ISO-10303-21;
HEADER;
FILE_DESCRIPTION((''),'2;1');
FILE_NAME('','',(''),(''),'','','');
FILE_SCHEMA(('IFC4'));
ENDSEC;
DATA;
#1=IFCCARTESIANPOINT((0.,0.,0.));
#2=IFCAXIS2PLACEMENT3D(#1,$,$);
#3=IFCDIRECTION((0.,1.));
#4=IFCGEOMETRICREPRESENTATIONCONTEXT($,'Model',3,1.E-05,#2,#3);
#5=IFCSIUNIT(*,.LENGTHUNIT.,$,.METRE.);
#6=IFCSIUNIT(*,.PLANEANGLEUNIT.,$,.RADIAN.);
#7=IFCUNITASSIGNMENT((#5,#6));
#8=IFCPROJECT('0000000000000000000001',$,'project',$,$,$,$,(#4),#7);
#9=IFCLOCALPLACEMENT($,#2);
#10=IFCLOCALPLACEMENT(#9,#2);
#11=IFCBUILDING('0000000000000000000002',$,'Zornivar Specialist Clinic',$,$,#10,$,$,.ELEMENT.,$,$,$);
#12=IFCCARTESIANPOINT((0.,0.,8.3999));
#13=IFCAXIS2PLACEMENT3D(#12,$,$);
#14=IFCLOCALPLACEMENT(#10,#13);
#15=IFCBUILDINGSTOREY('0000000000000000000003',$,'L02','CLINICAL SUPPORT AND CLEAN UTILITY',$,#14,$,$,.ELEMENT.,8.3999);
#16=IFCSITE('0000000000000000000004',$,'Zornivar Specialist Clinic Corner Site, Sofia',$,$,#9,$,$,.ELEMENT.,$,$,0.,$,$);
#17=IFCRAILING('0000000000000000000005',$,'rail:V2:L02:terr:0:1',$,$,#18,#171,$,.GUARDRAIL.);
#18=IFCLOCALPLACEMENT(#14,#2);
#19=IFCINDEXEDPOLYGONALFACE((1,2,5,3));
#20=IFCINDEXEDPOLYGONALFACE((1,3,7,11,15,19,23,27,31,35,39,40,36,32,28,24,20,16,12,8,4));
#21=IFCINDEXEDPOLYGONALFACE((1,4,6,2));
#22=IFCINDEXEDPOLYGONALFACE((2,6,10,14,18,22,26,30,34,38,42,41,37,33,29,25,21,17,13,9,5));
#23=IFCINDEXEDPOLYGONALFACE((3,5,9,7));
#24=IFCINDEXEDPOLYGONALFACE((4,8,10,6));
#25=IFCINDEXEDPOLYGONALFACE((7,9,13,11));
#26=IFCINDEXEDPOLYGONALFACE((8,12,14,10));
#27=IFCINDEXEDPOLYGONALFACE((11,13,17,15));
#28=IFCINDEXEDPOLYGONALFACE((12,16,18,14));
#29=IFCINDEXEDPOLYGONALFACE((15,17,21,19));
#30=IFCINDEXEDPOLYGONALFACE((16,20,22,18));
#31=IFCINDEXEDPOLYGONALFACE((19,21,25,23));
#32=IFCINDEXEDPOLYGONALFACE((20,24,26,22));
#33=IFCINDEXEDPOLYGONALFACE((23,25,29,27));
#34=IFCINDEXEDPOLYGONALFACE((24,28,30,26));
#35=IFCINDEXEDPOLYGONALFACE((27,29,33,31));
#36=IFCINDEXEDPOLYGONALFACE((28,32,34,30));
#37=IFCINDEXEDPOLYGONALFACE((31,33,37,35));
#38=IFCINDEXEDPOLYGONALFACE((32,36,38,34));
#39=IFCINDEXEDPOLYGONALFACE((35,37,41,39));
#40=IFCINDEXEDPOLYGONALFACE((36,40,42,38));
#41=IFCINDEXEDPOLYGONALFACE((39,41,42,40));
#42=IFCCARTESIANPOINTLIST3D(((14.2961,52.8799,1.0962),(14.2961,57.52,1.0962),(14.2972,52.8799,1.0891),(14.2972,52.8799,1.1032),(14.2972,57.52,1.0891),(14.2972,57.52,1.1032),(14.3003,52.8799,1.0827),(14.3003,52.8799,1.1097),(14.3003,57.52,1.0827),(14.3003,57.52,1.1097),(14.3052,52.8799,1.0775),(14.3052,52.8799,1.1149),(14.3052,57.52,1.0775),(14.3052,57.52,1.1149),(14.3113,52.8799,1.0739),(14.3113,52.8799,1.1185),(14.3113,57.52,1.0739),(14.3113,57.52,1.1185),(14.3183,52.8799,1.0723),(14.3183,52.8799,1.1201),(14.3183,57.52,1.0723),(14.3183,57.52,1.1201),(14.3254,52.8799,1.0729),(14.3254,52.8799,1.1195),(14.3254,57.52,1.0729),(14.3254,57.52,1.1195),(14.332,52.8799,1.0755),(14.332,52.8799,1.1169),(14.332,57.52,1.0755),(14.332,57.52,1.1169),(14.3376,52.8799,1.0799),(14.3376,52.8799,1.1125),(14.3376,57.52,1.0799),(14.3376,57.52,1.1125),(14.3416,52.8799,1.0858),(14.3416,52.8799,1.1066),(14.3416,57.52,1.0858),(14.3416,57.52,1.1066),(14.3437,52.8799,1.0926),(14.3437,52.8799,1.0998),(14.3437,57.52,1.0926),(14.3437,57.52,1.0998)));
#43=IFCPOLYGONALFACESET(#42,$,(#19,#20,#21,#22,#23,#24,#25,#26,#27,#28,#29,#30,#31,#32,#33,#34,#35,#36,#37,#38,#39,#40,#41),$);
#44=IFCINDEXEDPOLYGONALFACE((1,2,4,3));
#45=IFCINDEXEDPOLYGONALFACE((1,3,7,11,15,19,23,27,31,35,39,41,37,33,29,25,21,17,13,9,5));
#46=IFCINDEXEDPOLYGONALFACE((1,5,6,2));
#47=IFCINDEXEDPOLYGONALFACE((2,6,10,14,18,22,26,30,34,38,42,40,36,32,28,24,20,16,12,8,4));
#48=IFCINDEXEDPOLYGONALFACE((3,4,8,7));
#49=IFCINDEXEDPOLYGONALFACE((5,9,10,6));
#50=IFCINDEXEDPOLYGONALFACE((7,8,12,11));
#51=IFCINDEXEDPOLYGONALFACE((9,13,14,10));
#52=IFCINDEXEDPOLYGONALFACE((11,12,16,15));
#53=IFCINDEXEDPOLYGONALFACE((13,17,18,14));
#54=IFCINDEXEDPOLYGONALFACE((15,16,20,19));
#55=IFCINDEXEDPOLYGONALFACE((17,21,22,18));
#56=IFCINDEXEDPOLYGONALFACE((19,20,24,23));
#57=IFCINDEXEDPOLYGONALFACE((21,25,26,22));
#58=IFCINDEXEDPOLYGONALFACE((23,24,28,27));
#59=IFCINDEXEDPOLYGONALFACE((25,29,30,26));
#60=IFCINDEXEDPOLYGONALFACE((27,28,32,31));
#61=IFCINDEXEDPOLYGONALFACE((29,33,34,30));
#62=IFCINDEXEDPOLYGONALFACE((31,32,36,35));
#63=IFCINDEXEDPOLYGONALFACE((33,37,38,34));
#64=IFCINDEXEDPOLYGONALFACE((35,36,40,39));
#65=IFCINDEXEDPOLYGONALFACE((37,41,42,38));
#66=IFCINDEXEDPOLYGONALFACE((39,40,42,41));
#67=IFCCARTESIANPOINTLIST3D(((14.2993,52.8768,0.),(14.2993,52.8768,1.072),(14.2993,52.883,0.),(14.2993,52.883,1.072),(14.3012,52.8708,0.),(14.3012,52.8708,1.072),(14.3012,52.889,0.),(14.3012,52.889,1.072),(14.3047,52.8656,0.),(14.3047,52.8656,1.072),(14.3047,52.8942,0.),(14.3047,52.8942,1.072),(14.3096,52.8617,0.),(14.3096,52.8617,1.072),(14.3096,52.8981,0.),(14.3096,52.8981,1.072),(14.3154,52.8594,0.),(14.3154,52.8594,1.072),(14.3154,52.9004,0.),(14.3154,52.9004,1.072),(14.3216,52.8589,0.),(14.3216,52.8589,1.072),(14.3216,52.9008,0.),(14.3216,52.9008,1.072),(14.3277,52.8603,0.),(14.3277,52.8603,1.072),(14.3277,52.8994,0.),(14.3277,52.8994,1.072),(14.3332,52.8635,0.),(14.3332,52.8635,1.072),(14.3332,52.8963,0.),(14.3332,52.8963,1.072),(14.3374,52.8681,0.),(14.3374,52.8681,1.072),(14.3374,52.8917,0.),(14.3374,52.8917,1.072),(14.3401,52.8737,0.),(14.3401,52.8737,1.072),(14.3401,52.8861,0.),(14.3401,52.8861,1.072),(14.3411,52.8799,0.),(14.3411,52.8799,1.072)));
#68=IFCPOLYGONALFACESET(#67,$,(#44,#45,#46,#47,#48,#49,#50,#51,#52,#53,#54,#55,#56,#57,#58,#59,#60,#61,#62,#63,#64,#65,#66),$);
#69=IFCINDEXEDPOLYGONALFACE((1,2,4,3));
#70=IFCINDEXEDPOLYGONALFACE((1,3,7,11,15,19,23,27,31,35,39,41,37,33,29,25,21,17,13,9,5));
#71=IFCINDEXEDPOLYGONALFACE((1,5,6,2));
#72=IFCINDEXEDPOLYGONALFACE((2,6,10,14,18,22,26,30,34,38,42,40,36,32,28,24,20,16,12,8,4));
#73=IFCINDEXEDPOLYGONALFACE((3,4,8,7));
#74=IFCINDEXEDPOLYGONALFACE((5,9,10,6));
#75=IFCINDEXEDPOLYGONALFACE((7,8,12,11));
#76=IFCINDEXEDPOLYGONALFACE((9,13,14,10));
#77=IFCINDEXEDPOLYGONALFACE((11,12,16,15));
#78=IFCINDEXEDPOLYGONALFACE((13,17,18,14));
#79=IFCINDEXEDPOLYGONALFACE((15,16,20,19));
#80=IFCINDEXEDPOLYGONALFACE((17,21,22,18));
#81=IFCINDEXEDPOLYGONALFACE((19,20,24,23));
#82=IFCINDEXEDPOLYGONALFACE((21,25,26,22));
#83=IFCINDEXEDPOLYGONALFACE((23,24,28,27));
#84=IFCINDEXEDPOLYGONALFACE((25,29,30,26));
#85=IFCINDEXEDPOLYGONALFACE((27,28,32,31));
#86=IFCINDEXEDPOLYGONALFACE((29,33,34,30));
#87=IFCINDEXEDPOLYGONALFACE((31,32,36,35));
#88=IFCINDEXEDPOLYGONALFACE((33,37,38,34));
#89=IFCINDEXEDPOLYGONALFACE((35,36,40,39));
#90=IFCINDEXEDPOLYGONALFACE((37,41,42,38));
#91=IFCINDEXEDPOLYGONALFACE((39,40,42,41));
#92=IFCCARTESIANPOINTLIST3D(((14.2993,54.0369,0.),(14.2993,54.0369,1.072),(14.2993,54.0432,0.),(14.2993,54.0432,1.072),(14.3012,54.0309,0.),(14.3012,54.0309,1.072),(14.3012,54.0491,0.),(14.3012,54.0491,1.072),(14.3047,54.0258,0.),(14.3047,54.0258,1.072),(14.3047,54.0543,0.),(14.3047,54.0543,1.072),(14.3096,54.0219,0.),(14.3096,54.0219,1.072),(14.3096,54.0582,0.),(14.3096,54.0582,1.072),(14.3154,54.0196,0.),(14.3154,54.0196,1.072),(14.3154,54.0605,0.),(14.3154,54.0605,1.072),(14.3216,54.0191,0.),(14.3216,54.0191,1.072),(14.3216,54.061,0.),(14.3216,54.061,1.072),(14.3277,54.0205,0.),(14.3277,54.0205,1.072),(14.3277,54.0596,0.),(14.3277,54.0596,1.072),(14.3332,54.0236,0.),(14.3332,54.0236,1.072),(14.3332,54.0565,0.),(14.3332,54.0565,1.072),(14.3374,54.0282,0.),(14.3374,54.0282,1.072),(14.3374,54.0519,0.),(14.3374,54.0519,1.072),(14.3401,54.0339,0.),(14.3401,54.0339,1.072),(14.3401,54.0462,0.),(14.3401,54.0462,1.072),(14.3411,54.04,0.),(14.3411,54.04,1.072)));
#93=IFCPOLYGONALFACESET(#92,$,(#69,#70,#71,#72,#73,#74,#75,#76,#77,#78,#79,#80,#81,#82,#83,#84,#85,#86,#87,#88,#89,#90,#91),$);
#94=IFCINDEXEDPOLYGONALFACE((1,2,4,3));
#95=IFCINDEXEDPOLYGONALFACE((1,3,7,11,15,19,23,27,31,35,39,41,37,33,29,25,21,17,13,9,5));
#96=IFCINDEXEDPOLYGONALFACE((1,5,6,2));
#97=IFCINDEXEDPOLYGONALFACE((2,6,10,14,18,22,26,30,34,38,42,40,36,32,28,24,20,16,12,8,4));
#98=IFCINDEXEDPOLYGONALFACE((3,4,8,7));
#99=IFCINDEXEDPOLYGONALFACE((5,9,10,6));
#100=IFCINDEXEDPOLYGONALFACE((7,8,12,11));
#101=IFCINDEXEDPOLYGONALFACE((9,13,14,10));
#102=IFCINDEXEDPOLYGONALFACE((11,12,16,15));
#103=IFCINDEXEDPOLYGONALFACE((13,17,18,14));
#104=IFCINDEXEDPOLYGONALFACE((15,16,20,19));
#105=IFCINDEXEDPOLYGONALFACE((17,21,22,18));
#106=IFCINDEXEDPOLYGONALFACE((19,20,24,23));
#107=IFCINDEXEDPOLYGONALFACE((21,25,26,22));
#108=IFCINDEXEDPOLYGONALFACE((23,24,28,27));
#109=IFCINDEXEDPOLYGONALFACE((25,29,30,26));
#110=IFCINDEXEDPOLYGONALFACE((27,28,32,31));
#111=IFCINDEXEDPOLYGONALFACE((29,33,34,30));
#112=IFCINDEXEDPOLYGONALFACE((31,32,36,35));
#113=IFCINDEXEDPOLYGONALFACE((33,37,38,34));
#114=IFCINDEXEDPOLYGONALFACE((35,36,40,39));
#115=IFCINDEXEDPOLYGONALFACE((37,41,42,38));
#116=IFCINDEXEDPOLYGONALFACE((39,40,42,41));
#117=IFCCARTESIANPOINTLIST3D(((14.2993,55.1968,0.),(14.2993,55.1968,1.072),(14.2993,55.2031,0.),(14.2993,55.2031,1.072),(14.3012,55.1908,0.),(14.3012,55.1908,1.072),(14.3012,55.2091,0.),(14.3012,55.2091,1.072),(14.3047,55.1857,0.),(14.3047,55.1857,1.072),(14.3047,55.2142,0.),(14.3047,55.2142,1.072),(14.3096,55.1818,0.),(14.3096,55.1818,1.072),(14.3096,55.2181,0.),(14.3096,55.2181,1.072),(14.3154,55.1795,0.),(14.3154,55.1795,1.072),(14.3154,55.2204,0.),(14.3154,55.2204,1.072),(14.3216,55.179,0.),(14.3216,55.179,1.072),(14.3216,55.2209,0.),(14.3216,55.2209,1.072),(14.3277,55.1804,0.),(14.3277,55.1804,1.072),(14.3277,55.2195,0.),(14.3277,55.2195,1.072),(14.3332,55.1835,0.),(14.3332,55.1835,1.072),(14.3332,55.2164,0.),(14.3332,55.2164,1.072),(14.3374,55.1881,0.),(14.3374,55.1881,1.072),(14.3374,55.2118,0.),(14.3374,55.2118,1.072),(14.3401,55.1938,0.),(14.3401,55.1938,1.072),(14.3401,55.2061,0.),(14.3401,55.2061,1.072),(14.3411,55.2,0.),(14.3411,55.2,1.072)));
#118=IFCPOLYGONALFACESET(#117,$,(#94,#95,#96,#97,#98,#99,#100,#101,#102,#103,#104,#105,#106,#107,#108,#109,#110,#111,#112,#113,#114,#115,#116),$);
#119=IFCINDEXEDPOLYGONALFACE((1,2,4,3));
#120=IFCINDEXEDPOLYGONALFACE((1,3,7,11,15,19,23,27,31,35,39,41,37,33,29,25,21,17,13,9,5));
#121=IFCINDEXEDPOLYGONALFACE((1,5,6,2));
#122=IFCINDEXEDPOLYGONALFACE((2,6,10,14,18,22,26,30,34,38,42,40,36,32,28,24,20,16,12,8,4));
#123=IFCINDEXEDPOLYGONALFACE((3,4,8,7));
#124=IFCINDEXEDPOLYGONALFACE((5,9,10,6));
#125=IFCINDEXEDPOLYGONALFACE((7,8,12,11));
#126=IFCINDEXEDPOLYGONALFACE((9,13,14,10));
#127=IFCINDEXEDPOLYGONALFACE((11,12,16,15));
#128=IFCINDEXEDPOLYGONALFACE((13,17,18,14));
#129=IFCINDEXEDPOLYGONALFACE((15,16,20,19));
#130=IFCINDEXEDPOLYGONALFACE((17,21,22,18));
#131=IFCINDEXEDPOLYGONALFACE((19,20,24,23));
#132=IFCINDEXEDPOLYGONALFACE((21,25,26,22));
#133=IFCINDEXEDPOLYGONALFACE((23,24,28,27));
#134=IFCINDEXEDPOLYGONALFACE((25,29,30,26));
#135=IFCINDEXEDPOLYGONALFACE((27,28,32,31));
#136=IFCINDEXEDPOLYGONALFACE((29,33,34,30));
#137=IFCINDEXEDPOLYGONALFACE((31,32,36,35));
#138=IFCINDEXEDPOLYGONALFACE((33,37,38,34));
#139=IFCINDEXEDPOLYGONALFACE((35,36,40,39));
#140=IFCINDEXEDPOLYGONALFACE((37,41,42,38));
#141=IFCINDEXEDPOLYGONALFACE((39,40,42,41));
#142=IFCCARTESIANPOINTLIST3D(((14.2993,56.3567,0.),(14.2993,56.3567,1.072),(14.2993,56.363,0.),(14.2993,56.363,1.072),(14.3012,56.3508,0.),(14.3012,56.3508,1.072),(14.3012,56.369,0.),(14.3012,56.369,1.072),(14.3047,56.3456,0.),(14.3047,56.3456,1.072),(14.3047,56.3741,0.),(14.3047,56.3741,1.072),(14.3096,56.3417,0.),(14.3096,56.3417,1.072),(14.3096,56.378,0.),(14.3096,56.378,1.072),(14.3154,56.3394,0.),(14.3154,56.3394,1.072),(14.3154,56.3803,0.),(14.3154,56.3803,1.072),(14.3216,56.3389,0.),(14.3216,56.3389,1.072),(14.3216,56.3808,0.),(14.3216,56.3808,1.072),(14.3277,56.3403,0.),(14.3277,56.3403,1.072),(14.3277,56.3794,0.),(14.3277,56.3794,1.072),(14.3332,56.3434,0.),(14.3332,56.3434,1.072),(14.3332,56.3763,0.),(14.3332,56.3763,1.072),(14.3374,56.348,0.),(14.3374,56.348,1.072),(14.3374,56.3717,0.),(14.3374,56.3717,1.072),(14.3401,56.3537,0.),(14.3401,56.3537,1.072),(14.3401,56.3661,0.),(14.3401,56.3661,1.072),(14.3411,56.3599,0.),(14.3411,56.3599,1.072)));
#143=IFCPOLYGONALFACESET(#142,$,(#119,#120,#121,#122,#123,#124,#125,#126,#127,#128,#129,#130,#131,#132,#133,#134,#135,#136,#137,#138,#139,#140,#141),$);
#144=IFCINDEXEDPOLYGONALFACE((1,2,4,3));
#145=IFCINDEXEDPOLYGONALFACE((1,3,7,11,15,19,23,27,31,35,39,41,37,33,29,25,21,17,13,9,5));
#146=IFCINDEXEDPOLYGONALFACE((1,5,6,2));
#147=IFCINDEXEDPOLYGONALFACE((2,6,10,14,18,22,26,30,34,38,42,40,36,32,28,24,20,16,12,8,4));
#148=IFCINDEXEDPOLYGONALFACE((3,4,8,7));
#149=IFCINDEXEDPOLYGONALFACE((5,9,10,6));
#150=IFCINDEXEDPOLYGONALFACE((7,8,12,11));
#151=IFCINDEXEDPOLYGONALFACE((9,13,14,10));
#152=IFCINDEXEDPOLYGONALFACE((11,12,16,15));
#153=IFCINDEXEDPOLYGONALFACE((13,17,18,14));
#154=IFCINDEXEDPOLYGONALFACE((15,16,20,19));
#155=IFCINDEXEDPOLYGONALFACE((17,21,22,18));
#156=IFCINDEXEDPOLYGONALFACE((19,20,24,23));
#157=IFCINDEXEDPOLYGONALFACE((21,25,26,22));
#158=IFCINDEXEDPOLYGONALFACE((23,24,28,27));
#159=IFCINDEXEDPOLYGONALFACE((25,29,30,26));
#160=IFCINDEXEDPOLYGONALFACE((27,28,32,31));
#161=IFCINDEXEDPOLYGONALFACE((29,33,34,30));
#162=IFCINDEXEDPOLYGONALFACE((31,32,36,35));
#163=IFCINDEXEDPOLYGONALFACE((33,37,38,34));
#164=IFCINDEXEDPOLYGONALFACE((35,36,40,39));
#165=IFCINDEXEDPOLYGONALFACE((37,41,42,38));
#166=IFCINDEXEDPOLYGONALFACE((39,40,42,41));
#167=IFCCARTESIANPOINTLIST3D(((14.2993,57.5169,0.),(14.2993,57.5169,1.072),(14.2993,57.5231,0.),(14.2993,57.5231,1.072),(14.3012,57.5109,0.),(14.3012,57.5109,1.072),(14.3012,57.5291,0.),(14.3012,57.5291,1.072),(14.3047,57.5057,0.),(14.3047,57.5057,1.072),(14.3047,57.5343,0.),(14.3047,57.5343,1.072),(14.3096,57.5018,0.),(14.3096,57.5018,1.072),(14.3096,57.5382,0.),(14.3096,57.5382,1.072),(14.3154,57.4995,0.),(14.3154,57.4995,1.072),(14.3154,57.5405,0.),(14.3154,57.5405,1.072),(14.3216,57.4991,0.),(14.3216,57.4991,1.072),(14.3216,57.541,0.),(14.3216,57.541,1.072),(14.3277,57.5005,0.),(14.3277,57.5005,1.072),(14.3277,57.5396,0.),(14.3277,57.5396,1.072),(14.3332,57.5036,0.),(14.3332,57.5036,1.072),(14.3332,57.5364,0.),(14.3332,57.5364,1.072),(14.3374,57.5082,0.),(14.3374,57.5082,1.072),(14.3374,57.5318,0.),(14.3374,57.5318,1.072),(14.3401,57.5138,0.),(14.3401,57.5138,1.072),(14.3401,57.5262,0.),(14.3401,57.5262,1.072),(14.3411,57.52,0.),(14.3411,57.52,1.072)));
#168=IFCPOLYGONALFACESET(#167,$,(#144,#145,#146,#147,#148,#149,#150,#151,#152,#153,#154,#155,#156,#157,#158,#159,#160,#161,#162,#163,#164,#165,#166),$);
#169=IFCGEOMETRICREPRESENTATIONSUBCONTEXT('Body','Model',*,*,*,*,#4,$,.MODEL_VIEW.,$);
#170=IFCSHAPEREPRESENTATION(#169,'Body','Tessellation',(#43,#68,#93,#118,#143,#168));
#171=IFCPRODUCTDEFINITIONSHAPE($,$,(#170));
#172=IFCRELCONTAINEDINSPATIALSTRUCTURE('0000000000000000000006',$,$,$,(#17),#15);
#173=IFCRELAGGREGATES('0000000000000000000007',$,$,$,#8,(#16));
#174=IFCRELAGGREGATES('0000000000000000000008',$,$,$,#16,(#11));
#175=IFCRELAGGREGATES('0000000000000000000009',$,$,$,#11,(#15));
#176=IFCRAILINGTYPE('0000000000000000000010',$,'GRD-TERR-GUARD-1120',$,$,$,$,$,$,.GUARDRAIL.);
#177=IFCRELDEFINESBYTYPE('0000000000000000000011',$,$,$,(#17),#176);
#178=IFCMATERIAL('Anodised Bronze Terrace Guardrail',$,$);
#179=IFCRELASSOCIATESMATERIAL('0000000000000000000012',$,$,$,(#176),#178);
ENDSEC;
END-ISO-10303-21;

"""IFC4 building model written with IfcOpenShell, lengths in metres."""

from ifc_helpers import new_model, si_unit, direction, frame, origin, origin_2d, place, context, subcontext, project, spatial, circle, extrude, material, type_object, element, save


model = new_model("IFC4")

# Units and contexts
model_context = context("Model", 3, precision=1e-05, world=origin(), true_north=direction((0.0, 1.0)))
body_context = subcontext(model_context, "Body", "Model", "MODEL_VIEW")
ifc_project = project(units=[si_unit("LENGTHUNIT", "METRE"), si_unit("PLANEANGLEUNIT", "RADIAN")], contexts=[model_context])

# Site, building, storey
site_placement = place(None, origin())
site = spatial("IfcSite", under=ifc_project, at=site_placement, Name="Zornivar Specialist Clinic Corner Site, Sofia", CompositionType="ELEMENT", RefElevation=0.0)
building_placement = place(site_placement, origin())
building = spatial("IfcBuilding", under=site, at=building_placement, Name="Zornivar Specialist Clinic", CompositionType="ELEMENT")
storey_placement = place(building_placement, frame((0.0, 0.0, 8.3999)))
storey = spatial("IfcBuildingStorey", under=building, at=storey_placement, Name="L02", Description="CLINICAL SUPPORT AND CLEAN UTILITY", CompositionType="ELEMENT", Elevation=8.3999)

# Railing
ifc_material_1 = material(Name="Anodised Bronze Terrace Guardrail")
railing_type = type_object("IfcRailingType", Name="GRD-TERR-GUARD-1120", PredefinedType="GUARDRAIL", material=ifc_material_1)
railing_1_placement = place(storey_placement, frame((14.3201, 52.8799, 0.0)))
element("IfcRailing", 1, at=railing_1_placement, inside=storey, type_object=railing_type, Name="rail:V2:L02:terr:0:1", PredefinedType="GUARDRAIL", context=body_context, shape_type="SweptSolid", body=[
    extrude(circle(Radius=0.0239, at=origin_2d()), frame((0.0, 0.0, 1.0962), z_axis=(0.0, 1.0, 0.0), x_axis=(-1.0, 0.0, 0.0)), (0.0, 0.0, 1.0), 4.6401),
    extrude(circle(Radius=0.021, at=origin_2d()), origin(), (0.0, 0.0, 1.0), 1.072),
    extrude(circle(Radius=0.021, at=origin_2d()), frame((0.0, 1.1602, 0.0)), (0.0, 0.0, 1.0), 1.072),
    extrude(circle(Radius=0.021, at=origin_2d()), frame((0.0, 2.3201, 0.0)), (0.0, 0.0, 1.0), 1.072),
    extrude(circle(Radius=0.021, at=origin_2d()), frame((0.0, 3.48, 0.0)), (0.0, 0.0, 1.0), 1.072),
    extrude(circle(Radius=0.021, at=origin_2d()), frame((0.0, 4.6401, 0.0)), (0.0, 0.0, 1.0), 1.072),
])

save(model, "model.ifc")
